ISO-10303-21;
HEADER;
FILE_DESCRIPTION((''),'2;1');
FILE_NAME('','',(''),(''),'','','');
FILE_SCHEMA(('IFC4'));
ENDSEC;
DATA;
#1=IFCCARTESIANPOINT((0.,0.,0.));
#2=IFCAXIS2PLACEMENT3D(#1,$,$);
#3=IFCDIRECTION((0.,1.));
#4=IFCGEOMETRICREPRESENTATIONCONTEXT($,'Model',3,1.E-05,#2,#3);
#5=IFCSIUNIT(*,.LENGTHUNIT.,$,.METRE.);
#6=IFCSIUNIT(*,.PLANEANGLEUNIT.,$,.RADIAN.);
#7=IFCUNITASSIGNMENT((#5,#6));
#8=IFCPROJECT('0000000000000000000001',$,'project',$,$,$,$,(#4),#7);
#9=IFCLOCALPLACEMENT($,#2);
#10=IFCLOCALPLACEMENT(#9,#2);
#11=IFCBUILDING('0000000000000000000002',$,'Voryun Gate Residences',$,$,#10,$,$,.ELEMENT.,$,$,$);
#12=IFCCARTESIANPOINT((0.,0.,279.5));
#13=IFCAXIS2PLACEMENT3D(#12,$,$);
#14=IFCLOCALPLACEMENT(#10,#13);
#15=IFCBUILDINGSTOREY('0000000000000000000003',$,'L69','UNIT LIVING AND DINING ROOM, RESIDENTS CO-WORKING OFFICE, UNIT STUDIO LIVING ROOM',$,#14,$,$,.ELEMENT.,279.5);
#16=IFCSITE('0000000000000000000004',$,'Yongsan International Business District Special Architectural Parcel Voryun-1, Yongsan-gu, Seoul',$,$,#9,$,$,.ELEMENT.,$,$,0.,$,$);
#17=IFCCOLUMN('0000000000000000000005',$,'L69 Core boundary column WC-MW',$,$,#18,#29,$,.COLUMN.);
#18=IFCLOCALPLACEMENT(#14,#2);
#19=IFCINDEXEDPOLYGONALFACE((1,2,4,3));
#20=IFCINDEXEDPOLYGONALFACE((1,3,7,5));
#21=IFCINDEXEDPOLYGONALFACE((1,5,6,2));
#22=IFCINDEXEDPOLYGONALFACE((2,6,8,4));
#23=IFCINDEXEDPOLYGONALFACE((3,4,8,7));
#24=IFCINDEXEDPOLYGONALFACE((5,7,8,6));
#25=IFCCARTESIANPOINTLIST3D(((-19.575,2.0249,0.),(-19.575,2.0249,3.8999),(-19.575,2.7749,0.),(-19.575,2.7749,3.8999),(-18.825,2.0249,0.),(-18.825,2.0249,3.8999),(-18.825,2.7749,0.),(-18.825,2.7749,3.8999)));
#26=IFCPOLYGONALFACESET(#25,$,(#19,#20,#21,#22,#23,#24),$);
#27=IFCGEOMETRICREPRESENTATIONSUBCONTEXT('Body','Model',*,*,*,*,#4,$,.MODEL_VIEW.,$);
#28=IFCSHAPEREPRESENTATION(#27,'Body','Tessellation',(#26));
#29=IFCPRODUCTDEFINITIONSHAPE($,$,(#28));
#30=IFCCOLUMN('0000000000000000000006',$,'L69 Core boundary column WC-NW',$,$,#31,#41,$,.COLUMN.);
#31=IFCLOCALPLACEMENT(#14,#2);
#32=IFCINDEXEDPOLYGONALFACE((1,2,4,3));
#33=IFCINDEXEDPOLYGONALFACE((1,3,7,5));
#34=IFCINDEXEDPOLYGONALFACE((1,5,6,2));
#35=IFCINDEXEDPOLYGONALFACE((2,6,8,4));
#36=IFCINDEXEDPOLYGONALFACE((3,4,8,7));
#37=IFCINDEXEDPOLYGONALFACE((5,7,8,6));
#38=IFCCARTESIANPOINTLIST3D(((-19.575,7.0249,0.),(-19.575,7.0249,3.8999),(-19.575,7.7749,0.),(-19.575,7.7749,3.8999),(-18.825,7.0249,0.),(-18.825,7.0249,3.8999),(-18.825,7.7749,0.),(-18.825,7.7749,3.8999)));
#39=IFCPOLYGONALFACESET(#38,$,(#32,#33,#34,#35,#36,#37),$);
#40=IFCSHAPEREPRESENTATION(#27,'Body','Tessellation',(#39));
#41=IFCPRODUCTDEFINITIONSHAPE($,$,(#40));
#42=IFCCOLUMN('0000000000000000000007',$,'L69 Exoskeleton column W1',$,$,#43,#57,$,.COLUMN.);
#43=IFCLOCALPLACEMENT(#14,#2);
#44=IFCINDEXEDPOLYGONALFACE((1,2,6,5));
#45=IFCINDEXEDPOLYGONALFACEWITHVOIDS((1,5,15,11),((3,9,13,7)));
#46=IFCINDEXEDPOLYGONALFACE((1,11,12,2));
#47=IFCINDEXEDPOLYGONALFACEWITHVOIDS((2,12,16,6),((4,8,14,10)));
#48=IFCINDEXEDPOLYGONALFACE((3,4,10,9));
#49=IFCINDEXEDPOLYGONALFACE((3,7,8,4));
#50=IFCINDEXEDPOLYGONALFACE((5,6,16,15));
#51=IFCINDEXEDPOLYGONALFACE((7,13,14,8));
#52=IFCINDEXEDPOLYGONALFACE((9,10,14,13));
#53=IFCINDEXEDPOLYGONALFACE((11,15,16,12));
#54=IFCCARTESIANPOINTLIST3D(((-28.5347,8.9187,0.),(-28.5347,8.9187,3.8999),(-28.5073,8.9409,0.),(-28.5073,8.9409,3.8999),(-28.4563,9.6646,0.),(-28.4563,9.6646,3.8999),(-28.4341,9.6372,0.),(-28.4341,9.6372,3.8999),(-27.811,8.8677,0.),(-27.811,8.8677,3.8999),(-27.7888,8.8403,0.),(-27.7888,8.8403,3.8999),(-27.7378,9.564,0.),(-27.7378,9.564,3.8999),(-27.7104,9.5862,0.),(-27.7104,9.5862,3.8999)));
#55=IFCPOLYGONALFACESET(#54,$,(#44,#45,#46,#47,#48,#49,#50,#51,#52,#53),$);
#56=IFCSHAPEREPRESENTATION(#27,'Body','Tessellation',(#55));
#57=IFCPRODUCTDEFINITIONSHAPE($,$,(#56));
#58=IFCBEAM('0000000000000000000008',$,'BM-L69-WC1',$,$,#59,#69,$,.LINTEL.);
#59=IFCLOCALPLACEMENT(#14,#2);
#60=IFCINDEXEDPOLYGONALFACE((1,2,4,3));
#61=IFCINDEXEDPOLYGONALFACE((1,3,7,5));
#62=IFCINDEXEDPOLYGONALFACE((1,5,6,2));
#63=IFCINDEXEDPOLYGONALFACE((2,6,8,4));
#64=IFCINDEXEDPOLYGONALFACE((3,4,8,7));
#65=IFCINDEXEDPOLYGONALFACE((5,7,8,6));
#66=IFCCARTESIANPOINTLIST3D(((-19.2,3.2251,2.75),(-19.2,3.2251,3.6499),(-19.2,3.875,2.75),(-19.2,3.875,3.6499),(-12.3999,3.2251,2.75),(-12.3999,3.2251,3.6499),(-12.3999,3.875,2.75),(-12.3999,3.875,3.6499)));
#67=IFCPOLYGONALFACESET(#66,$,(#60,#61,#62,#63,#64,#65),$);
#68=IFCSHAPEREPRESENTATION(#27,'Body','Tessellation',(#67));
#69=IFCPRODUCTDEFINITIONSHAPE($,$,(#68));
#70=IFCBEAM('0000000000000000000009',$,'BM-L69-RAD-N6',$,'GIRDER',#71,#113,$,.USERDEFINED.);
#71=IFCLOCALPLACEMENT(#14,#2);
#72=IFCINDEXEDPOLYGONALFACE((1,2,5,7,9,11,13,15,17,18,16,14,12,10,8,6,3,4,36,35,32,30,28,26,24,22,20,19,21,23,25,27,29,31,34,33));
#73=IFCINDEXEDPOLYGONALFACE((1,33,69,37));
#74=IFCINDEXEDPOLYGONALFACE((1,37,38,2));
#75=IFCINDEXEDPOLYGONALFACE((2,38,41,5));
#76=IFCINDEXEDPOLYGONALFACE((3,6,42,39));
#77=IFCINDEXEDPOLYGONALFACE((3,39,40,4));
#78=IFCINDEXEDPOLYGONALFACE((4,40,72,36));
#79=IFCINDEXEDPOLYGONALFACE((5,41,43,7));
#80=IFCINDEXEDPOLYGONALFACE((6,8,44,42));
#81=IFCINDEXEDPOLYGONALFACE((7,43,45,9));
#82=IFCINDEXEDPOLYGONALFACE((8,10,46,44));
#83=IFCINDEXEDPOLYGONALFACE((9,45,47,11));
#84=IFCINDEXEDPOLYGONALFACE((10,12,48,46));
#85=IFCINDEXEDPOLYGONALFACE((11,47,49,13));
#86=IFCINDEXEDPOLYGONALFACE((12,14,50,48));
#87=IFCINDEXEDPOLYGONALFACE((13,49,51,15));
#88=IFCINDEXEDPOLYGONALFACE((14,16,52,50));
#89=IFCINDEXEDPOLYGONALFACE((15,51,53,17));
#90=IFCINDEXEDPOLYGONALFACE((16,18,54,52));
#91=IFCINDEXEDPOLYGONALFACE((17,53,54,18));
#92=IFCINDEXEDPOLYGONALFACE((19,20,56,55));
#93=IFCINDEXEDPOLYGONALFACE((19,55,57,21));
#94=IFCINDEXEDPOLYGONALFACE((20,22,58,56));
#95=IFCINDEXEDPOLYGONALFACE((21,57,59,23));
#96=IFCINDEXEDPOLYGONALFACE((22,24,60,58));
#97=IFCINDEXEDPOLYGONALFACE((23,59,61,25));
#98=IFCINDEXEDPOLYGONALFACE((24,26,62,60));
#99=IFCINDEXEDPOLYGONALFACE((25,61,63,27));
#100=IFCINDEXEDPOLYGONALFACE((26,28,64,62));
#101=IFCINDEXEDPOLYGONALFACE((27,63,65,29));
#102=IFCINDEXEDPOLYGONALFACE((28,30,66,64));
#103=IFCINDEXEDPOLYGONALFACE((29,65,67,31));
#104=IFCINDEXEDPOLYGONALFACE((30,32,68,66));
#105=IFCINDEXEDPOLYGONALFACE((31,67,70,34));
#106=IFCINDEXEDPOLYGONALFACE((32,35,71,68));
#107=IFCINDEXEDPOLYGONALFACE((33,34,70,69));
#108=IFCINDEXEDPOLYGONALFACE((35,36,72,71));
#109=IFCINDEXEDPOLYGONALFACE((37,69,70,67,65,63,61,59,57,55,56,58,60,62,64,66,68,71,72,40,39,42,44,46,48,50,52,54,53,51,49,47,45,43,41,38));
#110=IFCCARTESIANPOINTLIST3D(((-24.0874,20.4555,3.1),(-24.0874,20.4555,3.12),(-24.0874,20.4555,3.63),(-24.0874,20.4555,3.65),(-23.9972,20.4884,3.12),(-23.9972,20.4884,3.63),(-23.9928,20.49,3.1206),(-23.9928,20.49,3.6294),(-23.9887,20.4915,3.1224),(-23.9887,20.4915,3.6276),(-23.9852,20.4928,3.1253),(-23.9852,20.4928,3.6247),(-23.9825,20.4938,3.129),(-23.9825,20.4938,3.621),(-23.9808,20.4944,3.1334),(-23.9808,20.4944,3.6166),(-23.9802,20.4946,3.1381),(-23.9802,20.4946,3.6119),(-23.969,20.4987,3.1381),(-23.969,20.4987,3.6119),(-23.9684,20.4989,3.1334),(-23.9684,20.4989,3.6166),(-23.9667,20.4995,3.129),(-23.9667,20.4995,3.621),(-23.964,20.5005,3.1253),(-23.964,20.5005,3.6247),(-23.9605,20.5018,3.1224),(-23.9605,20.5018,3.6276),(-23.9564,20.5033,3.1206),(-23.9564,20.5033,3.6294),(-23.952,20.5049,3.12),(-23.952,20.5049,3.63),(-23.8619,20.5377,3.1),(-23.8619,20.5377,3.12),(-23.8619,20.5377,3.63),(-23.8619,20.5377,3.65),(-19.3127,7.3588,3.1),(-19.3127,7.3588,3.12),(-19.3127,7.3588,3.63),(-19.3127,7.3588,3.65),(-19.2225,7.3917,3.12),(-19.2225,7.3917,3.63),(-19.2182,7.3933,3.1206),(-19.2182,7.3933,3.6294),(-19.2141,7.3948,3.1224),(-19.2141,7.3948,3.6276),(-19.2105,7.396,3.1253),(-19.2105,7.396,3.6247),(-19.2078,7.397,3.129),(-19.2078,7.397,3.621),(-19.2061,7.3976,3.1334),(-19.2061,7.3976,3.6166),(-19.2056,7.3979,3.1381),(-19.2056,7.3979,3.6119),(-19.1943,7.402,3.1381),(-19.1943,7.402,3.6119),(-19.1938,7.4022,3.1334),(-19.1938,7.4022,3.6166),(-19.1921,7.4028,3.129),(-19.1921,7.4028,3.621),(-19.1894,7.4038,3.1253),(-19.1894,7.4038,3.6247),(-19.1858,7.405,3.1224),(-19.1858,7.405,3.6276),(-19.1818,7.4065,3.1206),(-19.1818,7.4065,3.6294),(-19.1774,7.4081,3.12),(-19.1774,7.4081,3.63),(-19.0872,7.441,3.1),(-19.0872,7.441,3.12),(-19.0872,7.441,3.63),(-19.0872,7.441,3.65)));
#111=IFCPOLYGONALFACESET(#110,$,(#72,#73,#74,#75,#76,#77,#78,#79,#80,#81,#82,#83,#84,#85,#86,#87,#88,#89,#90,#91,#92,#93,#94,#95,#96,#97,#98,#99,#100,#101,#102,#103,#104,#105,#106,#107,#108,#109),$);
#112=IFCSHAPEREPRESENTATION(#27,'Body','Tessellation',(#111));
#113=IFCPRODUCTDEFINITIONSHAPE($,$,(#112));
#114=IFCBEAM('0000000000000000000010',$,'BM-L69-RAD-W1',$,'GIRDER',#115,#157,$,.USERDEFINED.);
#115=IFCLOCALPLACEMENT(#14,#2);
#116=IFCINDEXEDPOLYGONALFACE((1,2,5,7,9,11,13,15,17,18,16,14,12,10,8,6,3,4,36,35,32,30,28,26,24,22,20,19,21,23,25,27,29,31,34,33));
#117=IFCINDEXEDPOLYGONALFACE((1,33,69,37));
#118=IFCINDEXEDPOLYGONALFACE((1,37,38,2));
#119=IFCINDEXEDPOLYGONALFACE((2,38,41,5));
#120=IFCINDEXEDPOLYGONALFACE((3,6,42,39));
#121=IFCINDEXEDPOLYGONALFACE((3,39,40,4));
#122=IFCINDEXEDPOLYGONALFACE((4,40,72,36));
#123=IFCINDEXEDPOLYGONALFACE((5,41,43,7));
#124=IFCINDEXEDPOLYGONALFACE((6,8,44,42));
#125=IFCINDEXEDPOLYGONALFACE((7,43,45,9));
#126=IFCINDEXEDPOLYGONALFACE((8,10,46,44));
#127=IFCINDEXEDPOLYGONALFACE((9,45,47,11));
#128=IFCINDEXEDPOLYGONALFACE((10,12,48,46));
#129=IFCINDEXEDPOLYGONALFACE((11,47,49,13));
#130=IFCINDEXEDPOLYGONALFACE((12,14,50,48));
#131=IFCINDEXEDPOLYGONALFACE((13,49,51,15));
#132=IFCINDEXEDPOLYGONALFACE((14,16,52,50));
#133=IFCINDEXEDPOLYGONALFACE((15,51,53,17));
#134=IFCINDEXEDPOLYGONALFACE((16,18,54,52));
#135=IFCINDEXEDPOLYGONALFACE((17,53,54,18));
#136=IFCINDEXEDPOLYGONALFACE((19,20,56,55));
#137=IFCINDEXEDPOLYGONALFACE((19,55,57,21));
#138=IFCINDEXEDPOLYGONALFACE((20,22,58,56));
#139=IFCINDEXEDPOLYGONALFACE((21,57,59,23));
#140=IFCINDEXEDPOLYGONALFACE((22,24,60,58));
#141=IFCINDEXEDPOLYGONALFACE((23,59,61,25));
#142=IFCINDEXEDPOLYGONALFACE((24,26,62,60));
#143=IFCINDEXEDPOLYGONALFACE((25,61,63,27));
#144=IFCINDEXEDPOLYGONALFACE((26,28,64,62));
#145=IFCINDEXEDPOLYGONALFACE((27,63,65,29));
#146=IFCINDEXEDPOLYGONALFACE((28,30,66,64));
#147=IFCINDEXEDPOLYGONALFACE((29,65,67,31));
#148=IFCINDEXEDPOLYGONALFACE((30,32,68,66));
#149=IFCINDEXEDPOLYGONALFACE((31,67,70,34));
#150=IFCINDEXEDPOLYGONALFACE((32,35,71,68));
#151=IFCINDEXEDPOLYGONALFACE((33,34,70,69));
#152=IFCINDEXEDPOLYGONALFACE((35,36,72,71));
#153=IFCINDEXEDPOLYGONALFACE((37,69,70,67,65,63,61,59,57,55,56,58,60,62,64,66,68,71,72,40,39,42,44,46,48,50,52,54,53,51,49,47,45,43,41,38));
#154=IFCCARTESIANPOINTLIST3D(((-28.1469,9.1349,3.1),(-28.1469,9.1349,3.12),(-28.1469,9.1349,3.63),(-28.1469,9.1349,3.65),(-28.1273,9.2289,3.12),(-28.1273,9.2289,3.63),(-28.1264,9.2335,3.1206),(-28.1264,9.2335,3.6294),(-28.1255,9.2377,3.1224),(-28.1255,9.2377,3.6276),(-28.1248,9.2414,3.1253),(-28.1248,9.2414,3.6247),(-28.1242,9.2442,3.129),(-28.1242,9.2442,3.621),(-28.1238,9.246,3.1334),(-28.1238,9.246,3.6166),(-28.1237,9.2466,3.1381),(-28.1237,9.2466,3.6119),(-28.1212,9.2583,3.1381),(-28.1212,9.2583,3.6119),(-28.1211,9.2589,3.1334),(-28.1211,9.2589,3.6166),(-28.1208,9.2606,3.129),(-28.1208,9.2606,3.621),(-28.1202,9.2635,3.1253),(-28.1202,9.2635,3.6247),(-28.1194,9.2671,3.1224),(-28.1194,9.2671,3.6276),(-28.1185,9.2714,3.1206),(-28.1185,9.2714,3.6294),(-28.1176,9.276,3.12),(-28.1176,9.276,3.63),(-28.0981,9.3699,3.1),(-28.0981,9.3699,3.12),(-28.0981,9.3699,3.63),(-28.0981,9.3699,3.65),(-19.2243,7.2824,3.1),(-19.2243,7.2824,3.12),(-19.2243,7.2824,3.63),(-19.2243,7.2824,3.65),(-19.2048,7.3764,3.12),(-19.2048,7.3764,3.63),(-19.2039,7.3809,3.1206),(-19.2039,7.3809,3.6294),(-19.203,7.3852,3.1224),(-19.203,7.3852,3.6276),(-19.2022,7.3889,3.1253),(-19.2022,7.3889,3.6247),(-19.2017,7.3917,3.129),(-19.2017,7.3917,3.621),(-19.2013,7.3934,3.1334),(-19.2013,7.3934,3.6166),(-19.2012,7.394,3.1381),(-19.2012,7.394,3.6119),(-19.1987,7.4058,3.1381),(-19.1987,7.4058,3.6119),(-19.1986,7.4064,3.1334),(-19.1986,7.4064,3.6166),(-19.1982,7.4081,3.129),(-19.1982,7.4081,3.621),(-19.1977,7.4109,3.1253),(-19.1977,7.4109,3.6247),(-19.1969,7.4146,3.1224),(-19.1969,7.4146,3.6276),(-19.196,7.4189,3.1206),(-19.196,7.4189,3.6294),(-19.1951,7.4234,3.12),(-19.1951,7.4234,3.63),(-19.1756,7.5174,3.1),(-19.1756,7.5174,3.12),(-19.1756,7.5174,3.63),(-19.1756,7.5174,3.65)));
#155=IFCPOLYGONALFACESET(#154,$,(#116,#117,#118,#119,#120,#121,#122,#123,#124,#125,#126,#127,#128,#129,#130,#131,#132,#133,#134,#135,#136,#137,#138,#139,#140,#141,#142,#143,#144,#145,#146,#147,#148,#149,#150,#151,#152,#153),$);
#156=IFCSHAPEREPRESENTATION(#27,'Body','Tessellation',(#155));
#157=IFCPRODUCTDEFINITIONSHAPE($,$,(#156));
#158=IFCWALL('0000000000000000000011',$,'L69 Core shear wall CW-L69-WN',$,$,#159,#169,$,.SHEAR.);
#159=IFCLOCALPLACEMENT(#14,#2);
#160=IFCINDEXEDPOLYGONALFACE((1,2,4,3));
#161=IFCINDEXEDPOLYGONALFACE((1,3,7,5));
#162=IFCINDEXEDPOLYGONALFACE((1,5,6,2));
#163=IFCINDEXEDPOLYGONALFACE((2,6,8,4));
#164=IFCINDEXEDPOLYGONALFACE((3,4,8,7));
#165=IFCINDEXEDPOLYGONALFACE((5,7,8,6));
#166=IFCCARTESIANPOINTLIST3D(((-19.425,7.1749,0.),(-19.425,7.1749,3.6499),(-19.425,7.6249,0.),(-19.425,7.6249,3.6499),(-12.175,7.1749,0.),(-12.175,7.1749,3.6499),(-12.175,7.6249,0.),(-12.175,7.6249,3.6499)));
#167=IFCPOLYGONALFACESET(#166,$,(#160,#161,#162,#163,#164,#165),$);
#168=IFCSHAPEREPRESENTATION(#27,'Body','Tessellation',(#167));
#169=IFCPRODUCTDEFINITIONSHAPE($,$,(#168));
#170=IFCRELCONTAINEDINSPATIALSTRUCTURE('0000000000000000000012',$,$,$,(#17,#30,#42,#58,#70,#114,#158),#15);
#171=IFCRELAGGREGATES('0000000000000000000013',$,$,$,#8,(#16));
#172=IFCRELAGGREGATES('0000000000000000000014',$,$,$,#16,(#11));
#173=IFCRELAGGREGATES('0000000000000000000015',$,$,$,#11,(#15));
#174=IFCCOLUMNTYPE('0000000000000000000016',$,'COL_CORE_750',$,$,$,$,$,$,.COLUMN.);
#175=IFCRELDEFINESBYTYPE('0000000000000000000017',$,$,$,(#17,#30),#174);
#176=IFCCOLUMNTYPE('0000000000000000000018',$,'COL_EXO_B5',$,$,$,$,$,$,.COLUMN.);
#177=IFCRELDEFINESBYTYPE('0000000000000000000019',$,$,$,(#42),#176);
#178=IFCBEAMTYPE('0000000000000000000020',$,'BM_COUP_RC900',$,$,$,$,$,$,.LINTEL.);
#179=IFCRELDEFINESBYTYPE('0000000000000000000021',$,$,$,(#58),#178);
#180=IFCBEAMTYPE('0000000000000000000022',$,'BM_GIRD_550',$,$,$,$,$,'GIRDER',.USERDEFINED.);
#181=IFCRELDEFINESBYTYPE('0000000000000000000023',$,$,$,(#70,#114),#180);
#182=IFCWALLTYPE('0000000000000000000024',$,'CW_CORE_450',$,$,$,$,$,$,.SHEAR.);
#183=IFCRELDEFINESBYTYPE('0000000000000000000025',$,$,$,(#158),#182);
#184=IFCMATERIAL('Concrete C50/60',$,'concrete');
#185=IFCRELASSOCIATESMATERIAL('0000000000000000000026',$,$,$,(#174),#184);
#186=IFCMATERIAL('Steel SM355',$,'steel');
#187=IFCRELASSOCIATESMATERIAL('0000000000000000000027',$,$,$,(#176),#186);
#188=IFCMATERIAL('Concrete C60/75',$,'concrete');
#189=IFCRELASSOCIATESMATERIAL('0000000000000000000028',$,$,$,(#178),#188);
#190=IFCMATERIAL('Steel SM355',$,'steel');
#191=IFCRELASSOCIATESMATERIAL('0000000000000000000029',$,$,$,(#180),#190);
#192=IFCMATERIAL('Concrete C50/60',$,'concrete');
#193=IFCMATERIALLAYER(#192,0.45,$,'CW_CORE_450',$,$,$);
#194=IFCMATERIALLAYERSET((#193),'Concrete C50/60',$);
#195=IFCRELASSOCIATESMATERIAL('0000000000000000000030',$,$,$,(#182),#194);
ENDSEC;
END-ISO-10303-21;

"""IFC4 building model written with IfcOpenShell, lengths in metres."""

from ifc_helpers import new_model, si_unit, direction, frame, frame_2d, origin, origin_2d, place, context, subcontext, project, spatial, rectangle, hollow_rectangle, i_section, extrude, material, layer, layer_set, material_profile, profile_set, type_object, element, save


model = new_model("IFC4")

# Units and contexts
model_context = context("Model", 3, precision=1e-05, world=origin(), true_north=direction((0.0, 1.0)))
body_context = subcontext(model_context, "Body", "Model", "MODEL_VIEW")
ifc_project = project(units=[si_unit("LENGTHUNIT", "METRE"), si_unit("PLANEANGLEUNIT", "RADIAN")], contexts=[model_context])

# Site, building, storey
site_placement = place(None, origin())
site = spatial("IfcSite", under=ifc_project, at=site_placement, Name="Yongsan International Business District Special Architectural Parcel Voryun-1, Yongsan-gu, Seoul", CompositionType="ELEMENT", RefElevation=0.0)
building_placement = place(site_placement, origin())
building = spatial("IfcBuilding", under=site, at=building_placement, Name="Voryun Gate Residences", CompositionType="ELEMENT")
storey_placement = place(building_placement, frame((0.0, 0.0, 279.5)))
storey = spatial("IfcBuildingStorey", under=building, at=storey_placement, Name="L69", Description="UNIT LIVING AND DINING ROOM, RESIDENTS CO-WORKING OFFICE, UNIT STUDIO LIVING ROOM", CompositionType="ELEMENT", Elevation=279.5)

# Columns
ifc_material_1 = material(Name="Concrete C50/60", Category="concrete")
ifc_material_profile_1 = material_profile(ifc_material_1, rectangle(XDim=0.75, YDim=0.75, at=origin_2d()), Name="RC-750x750")
ifc_profile_set_1 = profile_set([ifc_material_profile_1], Name="Concrete C50/60")
column_type_1 = type_object("IfcColumnType", Name="COL_CORE_750", PredefinedType="COLUMN", material=ifc_profile_set_1)
for number, where, z_axis, x_axis, name in (
    (1, (-19.2, 2.3999, 0.0), (0.0, 0.0, 1.0), (1.0, 0.0, 0.0), "L69 Core boundary column WC-MW"),
    (2, (-19.2, 7.3999, 0.0), (0.0, 0.0, 1.0), (1.0, 0.0, 0.0), "L69 Core boundary column WC-NW"),
):
    element("IfcColumn", number, at=place(storey_placement, frame(where, z_axis=z_axis, x_axis=x_axis)), inside=storey, type_object=column_type_1, Name=name, PredefinedType="COLUMN", context=body_context, shape_type="SweptSolid", body=[
        extrude(rectangle(XDim=0.75, YDim=0.75, at=origin_2d()), origin(), (0.0, 0.0, 1.0), 3.8999),
    ])
ifc_material_2 = material(Name="Steel SM355", Category="steel")
ifc_material_profile_2 = material_profile(ifc_material_2, hollow_rectangle(XDim=0.75, YDim=0.75, WallThickness=0.0249, at=origin_2d()), Name="BOX-750x750x25")
ifc_profile_set_2 = profile_set([ifc_material_profile_2], Name="Steel SM355")
column_type_2 = type_object("IfcColumnType", Name="COL_EXO_B5", PredefinedType="COLUMN", material=ifc_profile_set_2)
column_placement = place(storey_placement, frame((-28.1226, 9.2524, 0.0), z_axis=(0.0, 0.0, 1.0), x_axis=(0.994522, -0.104528, 0.0)))
element("IfcColumn", 3, at=column_placement, inside=storey, type_object=column_type_2, Name="L69 Exoskeleton column W1", PredefinedType="COLUMN", context=body_context, shape_type="SweptSolid", body=[
    extrude(hollow_rectangle(XDim=0.75, YDim=0.75, WallThickness=0.0249, at=origin_2d()), origin(), (0.0, 0.0, 1.0), 3.8999),
])

# Beams
ifc_material_3 = material(Name="Concrete C60/75", Category="concrete")
ifc_material_profile_3 = material_profile(ifc_material_3, rectangle(XDim=0.6499, YDim=0.8999, at=origin_2d()), Name="RC-650x900")
ifc_profile_set_3 = profile_set([ifc_material_profile_3], Name="Concrete C60/75")
beam_type_1 = type_object("IfcBeamType", Name="BM_COUP_RC900", PredefinedType="LINTEL", material=ifc_profile_set_3)
beam_1_placement = place(storey_placement, frame((-19.2, 3.55, 3.2), z_axis=(1.0, 0.0, 0.0), x_axis=(0.0, 1.0, 0.0)))
element("IfcBeam", 4, at=beam_1_placement, inside=storey, type_object=beam_type_1, Name="BM-L69-WC1", PredefinedType="LINTEL", context=body_context, shape_type="SweptSolid", body=[
    extrude(rectangle(XDim=0.6499, YDim=0.8999, at=origin_2d()), origin(), (0.0, 0.0, 1.0), 6.8),
])
ifc_material_4 = material(Name="Steel SM355", Category="steel")
ifc_material_profile_4 = material_profile(ifc_material_4, i_section(OverallWidth=0.24, OverallDepth=0.55, WebThickness=0.012, FlangeThickness=0.02, FilletRadius=0.0181, at=origin_2d()), Name="H-550x240x12x20")
ifc_profile_set_4 = profile_set([ifc_material_profile_4], Name="Steel SM355")
beam_type_2 = type_object("IfcBeamType", Name="BM_GIRD_550", ElementType="GIRDER", PredefinedType="USERDEFINED", material=ifc_profile_set_4)
beam_2_placement = place(storey_placement, frame((-19.2, 7.3999, 3.375), z_axis=(-0.342518, 0.939511, 0.0), x_axis=(-0.939511, -0.342518, 0.0)))
element("IfcBeam", 5, at=beam_2_placement, inside=storey, type_object=beam_type_2, Name="BM-L69-RAD-N6", ObjectType="GIRDER", PredefinedType="USERDEFINED", context=body_context, shape_type="SweptSolid", body=[
    extrude(i_section(OverallWidth=0.24, OverallDepth=0.55, WebThickness=0.012, FlangeThickness=0.02, FilletRadius=0.0181, at=origin_2d()), origin(), (0.0, 0.0, 1.0), 13.9399),
])
beam_3_placement = place(storey_placement, frame((-19.2, 7.3999, 3.375), z_axis=(-0.979119, 0.203288, 0.0), x_axis=(-0.203288, -0.979119, 0.0)))
element("IfcBeam", 6, at=beam_3_placement, inside=storey, type_object=beam_type_2, Name="BM-L69-RAD-W1", ObjectType="GIRDER", PredefinedType="USERDEFINED", context=body_context, shape_type="SweptSolid", body=[
    extrude(i_section(OverallWidth=0.24, OverallDepth=0.55, WebThickness=0.012, FlangeThickness=0.02, FilletRadius=0.0181, at=origin_2d()), origin(), (0.0, 0.0, 1.0), 9.1128),
])

# Wall
ifc_material_5 = material(Name="Concrete C50/60", Category="concrete")
ifc_layer_1 = layer(ifc_material_5, 0.45, Name="CW_CORE_450")
ifc_layer_set_1 = layer_set([ifc_layer_1], Name="Concrete C50/60")
wall_type_1 = type_object("IfcWallType", Name="CW_CORE_450", PredefinedType="SHEAR", material=ifc_layer_set_1)
wall_1_placement = place(storey_placement, frame((-19.425, 7.3999, 0.0), z_axis=(0.0, 0.0, 1.0), x_axis=(1.0, 0.0, 0.0)))
element("IfcWall", 7, at=wall_1_placement, inside=storey, type_object=wall_type_1, Name="L69 Core shear wall CW-L69-WN", PredefinedType="SHEAR", context=body_context, shape_type="SweptSolid", body=[
    extrude(rectangle(XDim=7.25, YDim=0.45, at=frame_2d((3.625, 0.0))), origin(), (0.0, 0.0, 1.0), 3.6499),
])

save(model, "model.ifc")
